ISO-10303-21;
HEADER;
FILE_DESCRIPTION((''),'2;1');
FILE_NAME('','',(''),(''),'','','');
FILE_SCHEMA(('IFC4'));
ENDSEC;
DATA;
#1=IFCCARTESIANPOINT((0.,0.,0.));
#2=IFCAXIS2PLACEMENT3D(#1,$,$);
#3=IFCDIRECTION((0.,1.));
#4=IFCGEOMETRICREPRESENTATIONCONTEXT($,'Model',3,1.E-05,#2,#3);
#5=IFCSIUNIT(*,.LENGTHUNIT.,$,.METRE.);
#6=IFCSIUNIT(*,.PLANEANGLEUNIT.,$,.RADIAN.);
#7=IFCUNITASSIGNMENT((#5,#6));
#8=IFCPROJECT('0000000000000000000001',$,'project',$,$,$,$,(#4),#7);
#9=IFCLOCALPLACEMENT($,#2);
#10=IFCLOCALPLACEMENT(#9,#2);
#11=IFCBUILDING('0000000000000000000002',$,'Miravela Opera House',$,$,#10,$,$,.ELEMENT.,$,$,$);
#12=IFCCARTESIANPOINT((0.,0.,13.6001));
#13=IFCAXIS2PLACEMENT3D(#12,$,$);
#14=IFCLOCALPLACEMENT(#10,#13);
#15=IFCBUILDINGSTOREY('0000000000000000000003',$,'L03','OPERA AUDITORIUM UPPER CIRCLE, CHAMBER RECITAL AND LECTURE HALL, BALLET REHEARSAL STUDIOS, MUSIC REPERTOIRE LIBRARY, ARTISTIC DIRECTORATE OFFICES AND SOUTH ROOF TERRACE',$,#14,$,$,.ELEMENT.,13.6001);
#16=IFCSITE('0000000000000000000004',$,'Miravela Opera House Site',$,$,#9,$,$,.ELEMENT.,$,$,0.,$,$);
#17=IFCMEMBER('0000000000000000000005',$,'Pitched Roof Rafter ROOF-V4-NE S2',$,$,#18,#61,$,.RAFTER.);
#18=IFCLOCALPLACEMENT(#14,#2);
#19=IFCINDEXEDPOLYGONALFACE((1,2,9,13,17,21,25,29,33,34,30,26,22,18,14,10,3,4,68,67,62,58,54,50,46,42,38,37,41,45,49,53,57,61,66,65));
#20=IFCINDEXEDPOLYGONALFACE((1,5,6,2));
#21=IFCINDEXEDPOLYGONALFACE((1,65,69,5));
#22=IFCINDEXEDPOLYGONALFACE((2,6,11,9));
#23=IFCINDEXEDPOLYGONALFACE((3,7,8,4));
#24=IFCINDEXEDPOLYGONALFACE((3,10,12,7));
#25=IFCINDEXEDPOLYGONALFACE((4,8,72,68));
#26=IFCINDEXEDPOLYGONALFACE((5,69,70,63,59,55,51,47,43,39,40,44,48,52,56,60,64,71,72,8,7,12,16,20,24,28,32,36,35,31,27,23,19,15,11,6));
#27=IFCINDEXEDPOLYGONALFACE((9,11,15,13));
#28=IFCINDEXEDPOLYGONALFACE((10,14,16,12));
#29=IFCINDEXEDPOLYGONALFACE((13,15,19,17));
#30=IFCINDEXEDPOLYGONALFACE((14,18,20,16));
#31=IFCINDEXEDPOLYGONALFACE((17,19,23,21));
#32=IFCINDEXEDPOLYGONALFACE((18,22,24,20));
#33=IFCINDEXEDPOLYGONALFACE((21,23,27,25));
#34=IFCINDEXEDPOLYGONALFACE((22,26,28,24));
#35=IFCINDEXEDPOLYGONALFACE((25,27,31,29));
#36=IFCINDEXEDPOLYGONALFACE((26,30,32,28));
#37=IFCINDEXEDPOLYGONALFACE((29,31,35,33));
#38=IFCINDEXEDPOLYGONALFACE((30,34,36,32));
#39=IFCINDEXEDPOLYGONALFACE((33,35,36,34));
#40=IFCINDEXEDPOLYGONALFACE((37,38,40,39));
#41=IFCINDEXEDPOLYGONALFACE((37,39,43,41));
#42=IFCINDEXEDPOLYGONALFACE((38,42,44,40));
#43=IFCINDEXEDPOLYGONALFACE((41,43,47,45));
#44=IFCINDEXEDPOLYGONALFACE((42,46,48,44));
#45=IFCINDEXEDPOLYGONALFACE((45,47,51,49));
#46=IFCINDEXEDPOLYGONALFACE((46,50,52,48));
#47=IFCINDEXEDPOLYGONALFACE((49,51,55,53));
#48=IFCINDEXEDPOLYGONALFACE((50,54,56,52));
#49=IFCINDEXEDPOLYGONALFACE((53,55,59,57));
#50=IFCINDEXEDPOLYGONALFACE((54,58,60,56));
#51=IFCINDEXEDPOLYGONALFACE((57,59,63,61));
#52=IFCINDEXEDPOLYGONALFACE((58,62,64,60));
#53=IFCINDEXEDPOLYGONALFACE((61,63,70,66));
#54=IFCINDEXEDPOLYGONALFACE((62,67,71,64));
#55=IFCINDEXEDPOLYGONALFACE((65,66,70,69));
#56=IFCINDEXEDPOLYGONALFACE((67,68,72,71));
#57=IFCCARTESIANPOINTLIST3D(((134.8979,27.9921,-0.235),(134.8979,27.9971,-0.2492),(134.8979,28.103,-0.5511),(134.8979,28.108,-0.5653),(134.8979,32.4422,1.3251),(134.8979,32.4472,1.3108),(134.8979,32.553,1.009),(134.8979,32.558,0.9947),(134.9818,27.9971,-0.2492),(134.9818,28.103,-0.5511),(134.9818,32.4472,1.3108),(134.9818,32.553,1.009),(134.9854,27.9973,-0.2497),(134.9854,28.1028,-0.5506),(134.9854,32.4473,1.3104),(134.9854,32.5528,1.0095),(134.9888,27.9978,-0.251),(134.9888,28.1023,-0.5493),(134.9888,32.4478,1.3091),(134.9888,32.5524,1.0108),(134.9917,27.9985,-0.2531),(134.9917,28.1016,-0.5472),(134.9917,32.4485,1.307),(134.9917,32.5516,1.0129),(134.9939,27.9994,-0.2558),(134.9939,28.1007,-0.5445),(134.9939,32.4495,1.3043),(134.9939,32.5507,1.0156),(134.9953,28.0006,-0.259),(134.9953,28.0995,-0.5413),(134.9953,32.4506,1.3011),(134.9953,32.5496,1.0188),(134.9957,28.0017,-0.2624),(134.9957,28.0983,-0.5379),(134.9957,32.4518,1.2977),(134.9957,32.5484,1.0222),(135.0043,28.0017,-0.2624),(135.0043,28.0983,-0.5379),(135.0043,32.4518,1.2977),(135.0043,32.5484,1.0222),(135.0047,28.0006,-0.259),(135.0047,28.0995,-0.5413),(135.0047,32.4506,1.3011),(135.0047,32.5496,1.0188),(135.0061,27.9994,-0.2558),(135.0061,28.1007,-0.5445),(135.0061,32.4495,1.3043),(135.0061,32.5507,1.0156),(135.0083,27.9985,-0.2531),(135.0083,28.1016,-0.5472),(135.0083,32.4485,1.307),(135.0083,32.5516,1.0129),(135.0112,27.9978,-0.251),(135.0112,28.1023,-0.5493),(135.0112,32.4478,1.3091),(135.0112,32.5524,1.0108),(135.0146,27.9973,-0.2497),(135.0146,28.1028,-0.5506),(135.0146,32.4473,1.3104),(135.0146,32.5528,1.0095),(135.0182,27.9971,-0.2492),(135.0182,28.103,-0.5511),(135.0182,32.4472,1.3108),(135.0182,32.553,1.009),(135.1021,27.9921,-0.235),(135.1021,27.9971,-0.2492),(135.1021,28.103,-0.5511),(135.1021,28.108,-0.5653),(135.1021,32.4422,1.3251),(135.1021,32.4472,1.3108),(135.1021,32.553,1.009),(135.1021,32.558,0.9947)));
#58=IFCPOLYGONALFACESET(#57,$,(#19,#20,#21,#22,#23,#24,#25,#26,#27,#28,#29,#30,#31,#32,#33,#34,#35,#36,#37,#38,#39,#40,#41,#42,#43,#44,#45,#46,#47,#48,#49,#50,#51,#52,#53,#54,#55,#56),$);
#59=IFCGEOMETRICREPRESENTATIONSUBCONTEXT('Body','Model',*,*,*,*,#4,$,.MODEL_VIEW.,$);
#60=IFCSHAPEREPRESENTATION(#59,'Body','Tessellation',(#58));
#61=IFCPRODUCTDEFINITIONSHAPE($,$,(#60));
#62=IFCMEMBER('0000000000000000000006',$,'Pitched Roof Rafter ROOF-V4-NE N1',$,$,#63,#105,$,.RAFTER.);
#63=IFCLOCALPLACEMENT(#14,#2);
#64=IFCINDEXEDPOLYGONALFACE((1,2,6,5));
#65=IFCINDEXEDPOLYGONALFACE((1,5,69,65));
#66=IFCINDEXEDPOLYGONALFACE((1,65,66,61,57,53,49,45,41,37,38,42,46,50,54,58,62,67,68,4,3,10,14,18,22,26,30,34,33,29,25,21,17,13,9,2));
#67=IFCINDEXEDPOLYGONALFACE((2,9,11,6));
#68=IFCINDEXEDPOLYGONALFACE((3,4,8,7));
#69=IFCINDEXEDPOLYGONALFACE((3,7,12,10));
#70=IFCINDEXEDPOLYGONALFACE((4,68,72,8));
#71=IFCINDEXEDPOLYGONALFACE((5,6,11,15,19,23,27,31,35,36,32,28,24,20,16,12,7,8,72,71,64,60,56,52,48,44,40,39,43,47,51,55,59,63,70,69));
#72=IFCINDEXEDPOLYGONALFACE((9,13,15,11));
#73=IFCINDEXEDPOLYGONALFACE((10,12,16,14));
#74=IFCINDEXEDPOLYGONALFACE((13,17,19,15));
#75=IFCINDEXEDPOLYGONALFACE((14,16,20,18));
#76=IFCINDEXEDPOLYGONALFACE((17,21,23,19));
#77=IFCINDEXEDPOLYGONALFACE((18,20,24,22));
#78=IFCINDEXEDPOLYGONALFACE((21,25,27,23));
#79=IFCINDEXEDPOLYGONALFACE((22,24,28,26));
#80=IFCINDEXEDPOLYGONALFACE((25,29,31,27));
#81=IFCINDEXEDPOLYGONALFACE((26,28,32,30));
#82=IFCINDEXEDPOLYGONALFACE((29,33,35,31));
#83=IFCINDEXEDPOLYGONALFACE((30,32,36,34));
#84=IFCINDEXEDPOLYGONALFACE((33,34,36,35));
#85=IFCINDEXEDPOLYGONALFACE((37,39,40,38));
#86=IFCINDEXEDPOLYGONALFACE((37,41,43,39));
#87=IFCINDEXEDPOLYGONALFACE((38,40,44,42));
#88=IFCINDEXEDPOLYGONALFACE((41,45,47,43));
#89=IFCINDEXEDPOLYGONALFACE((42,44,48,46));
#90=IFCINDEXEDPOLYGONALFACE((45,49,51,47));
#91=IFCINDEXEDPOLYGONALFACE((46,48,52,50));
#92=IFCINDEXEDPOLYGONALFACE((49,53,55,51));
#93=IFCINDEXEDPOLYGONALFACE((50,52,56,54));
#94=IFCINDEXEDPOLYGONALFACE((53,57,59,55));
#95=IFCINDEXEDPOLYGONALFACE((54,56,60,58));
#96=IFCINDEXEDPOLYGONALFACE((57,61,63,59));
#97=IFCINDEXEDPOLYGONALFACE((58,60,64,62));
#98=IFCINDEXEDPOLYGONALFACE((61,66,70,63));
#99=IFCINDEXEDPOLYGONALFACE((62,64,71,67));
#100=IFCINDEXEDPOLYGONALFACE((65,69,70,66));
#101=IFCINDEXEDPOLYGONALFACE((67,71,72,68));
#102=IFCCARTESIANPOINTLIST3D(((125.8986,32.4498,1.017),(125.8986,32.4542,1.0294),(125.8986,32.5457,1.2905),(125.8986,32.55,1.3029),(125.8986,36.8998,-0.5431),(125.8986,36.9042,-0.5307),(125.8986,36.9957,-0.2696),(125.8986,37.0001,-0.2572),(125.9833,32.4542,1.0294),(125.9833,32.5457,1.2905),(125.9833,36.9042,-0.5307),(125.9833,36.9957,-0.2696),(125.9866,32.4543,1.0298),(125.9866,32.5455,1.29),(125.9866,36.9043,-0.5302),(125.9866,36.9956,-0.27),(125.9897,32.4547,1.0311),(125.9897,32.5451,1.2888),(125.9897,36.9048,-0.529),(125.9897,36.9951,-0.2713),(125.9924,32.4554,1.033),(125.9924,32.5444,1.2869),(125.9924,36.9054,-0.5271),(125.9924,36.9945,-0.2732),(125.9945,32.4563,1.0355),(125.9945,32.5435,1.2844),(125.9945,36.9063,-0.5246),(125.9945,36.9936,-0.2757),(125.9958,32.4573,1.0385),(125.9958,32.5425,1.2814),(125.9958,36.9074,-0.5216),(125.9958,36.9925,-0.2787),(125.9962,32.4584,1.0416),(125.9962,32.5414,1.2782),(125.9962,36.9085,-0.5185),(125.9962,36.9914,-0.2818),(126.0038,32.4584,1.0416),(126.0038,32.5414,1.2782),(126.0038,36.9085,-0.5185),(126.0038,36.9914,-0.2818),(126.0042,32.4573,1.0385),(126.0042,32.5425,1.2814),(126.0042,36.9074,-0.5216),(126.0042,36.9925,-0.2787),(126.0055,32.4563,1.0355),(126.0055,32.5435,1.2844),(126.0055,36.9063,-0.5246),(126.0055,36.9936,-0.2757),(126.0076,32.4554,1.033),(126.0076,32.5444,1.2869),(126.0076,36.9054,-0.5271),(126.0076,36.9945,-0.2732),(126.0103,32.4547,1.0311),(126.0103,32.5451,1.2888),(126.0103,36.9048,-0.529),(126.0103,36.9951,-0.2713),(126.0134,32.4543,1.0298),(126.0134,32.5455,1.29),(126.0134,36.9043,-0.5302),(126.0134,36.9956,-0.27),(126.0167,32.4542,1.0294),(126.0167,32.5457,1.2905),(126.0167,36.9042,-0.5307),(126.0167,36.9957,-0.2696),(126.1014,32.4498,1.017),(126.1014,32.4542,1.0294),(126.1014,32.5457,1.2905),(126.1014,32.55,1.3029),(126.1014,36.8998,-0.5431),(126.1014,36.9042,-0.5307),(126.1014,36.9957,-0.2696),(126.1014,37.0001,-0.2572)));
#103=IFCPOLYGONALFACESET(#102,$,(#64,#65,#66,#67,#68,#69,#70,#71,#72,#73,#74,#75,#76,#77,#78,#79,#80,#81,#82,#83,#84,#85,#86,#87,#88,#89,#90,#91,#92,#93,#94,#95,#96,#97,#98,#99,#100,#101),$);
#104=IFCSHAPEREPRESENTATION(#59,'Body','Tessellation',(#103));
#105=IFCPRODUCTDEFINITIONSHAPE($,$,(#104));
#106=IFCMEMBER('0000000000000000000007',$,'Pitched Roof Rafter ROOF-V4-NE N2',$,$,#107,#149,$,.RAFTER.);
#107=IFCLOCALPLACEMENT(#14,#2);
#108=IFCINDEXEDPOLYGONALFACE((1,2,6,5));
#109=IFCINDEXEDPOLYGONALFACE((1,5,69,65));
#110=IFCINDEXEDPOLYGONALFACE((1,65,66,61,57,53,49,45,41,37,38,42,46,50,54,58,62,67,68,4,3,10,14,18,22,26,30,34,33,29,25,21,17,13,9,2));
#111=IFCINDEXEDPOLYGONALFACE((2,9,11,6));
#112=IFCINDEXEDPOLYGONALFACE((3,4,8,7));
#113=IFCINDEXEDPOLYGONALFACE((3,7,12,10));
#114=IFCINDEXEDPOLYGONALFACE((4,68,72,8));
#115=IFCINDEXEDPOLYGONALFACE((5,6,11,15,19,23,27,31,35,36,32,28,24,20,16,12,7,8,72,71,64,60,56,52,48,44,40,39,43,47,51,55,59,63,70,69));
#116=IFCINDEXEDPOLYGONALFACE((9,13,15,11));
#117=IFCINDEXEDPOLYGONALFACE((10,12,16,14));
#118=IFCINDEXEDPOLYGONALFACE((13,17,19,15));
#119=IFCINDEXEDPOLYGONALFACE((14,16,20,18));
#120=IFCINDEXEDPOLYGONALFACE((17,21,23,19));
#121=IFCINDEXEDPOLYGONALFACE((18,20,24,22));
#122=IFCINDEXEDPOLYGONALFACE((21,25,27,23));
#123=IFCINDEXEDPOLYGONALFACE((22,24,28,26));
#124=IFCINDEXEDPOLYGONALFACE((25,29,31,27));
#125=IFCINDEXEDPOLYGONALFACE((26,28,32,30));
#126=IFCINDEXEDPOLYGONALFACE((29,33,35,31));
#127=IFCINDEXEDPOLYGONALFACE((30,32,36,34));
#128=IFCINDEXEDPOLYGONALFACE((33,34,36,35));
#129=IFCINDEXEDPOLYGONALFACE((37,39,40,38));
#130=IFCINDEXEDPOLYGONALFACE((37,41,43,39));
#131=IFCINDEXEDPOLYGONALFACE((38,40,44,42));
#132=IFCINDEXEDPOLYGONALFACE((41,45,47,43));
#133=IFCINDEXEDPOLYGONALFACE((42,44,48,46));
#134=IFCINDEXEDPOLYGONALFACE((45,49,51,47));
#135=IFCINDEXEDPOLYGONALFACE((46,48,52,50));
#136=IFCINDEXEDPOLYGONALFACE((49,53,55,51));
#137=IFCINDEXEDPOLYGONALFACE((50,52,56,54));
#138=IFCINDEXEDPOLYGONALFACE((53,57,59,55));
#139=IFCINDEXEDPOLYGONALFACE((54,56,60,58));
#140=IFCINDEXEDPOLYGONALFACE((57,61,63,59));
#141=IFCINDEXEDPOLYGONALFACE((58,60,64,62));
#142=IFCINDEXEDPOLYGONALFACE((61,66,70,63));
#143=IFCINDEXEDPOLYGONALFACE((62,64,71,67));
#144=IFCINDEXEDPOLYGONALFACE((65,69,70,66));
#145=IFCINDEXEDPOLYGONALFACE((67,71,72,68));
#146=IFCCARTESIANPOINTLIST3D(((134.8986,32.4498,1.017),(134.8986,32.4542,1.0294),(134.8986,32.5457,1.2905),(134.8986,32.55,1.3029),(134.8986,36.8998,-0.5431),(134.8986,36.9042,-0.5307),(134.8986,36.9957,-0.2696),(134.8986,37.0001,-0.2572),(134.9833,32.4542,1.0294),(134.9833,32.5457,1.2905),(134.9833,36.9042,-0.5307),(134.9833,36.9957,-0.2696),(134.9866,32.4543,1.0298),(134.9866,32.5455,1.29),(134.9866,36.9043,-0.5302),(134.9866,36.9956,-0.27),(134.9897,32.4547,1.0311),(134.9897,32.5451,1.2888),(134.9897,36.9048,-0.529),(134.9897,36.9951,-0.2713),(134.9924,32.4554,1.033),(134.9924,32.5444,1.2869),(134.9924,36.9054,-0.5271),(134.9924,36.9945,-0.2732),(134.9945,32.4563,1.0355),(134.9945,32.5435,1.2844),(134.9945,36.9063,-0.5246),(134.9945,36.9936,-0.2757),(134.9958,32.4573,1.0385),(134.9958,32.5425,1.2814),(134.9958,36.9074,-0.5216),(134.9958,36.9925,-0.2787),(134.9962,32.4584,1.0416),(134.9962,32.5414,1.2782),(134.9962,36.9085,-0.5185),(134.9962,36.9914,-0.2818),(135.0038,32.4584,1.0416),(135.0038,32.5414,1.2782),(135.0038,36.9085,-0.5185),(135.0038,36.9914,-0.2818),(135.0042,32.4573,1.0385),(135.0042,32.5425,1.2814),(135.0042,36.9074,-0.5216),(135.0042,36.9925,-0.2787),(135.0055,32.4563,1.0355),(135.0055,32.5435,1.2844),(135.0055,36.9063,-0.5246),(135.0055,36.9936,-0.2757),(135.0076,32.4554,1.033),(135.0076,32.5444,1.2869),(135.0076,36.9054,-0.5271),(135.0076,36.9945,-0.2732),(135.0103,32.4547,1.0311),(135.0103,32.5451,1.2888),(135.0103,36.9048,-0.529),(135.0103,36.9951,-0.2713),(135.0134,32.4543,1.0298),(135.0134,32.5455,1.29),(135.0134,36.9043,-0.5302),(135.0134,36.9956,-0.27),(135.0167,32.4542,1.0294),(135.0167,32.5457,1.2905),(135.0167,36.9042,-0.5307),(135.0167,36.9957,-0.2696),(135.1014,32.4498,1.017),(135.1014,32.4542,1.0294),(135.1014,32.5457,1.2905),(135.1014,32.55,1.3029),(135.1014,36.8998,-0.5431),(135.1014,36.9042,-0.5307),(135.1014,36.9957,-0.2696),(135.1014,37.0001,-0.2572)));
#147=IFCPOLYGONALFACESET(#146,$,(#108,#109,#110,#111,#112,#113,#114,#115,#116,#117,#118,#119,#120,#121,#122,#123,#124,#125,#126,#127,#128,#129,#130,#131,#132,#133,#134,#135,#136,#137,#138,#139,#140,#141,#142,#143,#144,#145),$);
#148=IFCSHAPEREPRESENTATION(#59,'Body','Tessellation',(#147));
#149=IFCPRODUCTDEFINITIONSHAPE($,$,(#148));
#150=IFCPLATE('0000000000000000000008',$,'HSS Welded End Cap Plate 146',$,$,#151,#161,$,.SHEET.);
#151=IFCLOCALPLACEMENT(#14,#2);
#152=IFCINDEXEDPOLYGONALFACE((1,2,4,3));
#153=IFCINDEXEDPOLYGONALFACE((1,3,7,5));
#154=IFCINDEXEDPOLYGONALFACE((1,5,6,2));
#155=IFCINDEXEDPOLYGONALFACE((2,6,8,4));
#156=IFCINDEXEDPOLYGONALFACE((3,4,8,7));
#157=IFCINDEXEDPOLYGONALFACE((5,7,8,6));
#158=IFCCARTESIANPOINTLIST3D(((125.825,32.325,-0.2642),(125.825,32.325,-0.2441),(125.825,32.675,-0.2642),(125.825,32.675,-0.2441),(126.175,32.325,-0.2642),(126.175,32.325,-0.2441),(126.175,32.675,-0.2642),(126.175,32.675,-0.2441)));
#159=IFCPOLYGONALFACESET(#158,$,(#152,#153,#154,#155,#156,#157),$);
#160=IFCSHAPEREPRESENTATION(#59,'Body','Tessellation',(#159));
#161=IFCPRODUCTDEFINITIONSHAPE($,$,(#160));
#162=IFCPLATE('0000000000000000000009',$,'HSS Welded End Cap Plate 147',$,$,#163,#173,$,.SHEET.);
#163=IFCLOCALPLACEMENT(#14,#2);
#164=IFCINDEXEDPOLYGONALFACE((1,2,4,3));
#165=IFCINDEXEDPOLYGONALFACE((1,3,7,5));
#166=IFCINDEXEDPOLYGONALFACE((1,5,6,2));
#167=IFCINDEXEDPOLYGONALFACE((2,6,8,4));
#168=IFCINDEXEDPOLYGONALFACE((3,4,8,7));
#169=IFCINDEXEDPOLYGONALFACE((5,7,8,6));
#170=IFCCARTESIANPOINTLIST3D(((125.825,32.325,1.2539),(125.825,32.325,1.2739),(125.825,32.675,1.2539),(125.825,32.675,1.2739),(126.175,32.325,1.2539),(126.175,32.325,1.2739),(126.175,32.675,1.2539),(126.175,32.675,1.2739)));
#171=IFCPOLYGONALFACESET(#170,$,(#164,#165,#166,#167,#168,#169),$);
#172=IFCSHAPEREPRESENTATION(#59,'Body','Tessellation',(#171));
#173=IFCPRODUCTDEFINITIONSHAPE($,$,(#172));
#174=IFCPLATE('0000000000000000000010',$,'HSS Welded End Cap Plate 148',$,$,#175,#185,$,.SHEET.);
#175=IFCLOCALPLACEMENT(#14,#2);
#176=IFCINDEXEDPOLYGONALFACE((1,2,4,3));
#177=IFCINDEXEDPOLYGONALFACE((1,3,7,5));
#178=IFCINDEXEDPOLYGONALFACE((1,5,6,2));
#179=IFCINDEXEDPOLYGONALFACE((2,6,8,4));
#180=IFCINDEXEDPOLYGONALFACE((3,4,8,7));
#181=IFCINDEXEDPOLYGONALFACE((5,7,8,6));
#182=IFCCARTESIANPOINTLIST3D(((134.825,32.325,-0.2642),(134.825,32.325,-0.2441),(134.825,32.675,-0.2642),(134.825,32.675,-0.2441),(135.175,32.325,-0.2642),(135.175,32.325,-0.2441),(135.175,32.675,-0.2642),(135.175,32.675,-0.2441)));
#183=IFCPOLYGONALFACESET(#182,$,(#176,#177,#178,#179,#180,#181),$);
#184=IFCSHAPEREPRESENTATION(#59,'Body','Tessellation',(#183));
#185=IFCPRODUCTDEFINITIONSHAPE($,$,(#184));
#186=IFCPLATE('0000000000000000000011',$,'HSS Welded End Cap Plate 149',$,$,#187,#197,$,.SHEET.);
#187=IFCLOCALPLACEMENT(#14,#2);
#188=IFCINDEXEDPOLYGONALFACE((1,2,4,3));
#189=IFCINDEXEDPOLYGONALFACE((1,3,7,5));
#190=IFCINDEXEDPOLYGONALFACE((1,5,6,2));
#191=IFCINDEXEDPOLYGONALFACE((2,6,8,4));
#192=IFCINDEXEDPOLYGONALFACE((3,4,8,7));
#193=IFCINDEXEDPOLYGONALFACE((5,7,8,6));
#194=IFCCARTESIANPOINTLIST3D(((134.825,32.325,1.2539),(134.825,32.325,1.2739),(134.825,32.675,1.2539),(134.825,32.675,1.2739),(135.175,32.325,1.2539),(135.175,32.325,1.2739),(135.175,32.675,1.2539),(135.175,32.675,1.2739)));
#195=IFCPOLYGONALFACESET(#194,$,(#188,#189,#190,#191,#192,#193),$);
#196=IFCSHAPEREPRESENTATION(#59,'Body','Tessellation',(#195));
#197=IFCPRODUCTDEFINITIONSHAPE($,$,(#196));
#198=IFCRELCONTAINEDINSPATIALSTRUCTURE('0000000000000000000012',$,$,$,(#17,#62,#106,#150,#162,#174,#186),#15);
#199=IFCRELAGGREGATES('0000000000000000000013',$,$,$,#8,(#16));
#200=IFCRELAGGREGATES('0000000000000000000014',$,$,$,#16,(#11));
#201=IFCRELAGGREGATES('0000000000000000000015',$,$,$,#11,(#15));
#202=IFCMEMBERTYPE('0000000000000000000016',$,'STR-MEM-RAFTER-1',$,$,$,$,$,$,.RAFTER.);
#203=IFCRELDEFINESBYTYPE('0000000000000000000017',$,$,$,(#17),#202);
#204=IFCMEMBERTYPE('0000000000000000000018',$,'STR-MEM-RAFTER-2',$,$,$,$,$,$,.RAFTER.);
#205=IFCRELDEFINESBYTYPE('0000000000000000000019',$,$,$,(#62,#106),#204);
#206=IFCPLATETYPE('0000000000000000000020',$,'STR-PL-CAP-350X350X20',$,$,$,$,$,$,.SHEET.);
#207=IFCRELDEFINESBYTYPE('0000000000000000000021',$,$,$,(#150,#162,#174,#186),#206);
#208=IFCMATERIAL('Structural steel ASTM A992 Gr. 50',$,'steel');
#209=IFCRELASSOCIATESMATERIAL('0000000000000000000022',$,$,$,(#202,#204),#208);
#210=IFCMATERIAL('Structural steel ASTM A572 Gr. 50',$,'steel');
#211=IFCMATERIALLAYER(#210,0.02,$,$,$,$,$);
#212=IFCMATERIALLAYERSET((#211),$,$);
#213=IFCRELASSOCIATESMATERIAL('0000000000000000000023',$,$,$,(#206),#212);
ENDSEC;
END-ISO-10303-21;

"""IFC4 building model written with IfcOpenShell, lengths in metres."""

from ifc_helpers import new_model, si_unit, direction, frame, origin, origin_2d, place, context, subcontext, project, spatial, rectangle, i_section, extrude, material, layer, layer_set, material_profile, profile_set, type_object, element, save


model = new_model("IFC4")

# Units and contexts
model_context = context("Model", 3, precision=1e-05, world=origin(), true_north=direction((0.0, 1.0)))
body_context = subcontext(model_context, "Body", "Model", "MODEL_VIEW")
ifc_project = project(units=[si_unit("LENGTHUNIT", "METRE"), si_unit("PLANEANGLEUNIT", "RADIAN")], contexts=[model_context])

# Site, building, storey
site_placement = place(None, origin())
site = spatial("IfcSite", under=ifc_project, at=site_placement, Name="Miravela Opera House Site", CompositionType="ELEMENT", RefElevation=0.0)
building_placement = place(site_placement, origin())
building = spatial("IfcBuilding", under=site, at=building_placement, Name="Miravela Opera House", CompositionType="ELEMENT")
storey_placement = place(building_placement, frame((0.0, 0.0, 13.6001)))
storey = spatial("IfcBuildingStorey", under=building, at=storey_placement, Name="L03", Description="OPERA AUDITORIUM UPPER CIRCLE, CHAMBER RECITAL AND LECTURE HALL, BALLET REHEARSAL STUDIOS, MUSIC REPERTOIRE LIBRARY, ARTISTIC DIRECTORATE OFFICES AND SOUTH ROOF TERRACE", CompositionType="ELEMENT", Elevation=13.6001)

# Shared definitions
ifc_material_1 = material(Name="Structural steel ASTM A992 Gr. 50", Category="steel")

# Members
ifc_material_profile_1 = material_profile(ifc_material_1, i_section(OverallWidth=0.2041, OverallDepth=0.3501, WebThickness=0.0085, FlangeThickness=0.0151, FilletRadius=0.0139, at=origin_2d()), Name="W360X72")
ifc_profile_set_1 = profile_set([ifc_material_profile_1])
member_type_1 = type_object("IfcMemberType", Name="STR-MEM-RAFTER-1", PredefinedType="RAFTER", material=ifc_profile_set_1)
for number, where, z_axis, x_axis, name in (
    (1, (135.0, 28.05, -0.4001), (0.0, 0.943688, 0.330837), (-1.0, 0.0, 0.0), "Pitched Roof Rafter ROOF-V4-NE S2"),
):
    element("IfcMember", number, at=place(storey_placement, frame(where, z_axis=z_axis, x_axis=x_axis)), inside=storey, type_object=member_type_1, Name=name, PredefinedType="RAFTER", context=body_context, shape_type="SweptSolid", body=[
        extrude(i_section(OverallWidth=0.2041, OverallDepth=0.3501, WebThickness=0.0085, FlangeThickness=0.0151, FilletRadius=0.0139, at=origin_2d()), origin(), (0.0, 0.0, 1.0), 4.7156),
    ])
ifc_material_profile_2 = material_profile(ifc_material_1, i_section(OverallWidth=0.2029, OverallDepth=0.303, WebThickness=0.0076, FlangeThickness=0.0132, FilletRadius=0.0129, at=origin_2d()), Name="W310X60")
ifc_profile_set_2 = profile_set([ifc_material_profile_2])
member_type_2 = type_object("IfcMemberType", Name="STR-MEM-RAFTER-2", PredefinedType="RAFTER", material=ifc_profile_set_2)
for number, where, z_axis, x_axis, name in (
    (2, (126.0, 36.95, -0.4001), (0.0, -0.943688, 0.330837), (1.0, 0.0, 0.0), "Pitched Roof Rafter ROOF-V4-NE N1"),
    (3, (135.0, 36.95, -0.4001), (0.0, -0.943688, 0.330837), (1.0, 0.0, 0.0), "Pitched Roof Rafter ROOF-V4-NE N2"),
):
    element("IfcMember", number, at=place(storey_placement, frame(where, z_axis=z_axis, x_axis=x_axis)), inside=storey, type_object=member_type_2, Name=name, PredefinedType="RAFTER", context=body_context, shape_type="SweptSolid", body=[
        extrude(i_section(OverallWidth=0.2029, OverallDepth=0.303, WebThickness=0.0076, FlangeThickness=0.0132, FilletRadius=0.0129, at=origin_2d()), origin(), (0.0, 0.0, 1.0), 4.7156),
    ])

# Plates
ifc_material_2 = material(Name="Structural steel ASTM A572 Gr. 50", Category="steel")
ifc_layer_1 = layer(ifc_material_2, 0.02)
ifc_layer_set_1 = layer_set([ifc_layer_1])
plate_type = type_object("IfcPlateType", Name="STR-PL-CAP-350X350X20", PredefinedType="SHEET", material=ifc_layer_set_1)
for number, where, z_axis, x_axis, name in (
    (4, (126.0, 32.5, -0.2642), (0.0, 0.0, 1.0), (1.0, 0.0, 0.0), "HSS Welded End Cap Plate 146"),
    (5, (126.0, 32.5, 1.2539), (0.0, 0.0, 1.0), (1.0, 0.0, 0.0), "HSS Welded End Cap Plate 147"),
    (6, (135.0, 32.5, -0.2642), (0.0, 0.0, 1.0), (1.0, 0.0, 0.0), "HSS Welded End Cap Plate 148"),
    (7, (135.0, 32.5, 1.2539), (0.0, 0.0, 1.0), (1.0, 0.0, 0.0), "HSS Welded End Cap Plate 149"),
):
    element("IfcPlate", number, at=place(storey_placement, frame(where, z_axis=z_axis, x_axis=x_axis)), inside=storey, type_object=plate_type, Name=name, PredefinedType="SHEET", context=body_context, shape_type="SweptSolid", body=[
        extrude(rectangle(XDim=0.3501, YDim=0.3501, at=origin_2d()), origin(), (0.0, 0.0, 1.0), 0.02),
    ])

save(model, "model.ifc")
